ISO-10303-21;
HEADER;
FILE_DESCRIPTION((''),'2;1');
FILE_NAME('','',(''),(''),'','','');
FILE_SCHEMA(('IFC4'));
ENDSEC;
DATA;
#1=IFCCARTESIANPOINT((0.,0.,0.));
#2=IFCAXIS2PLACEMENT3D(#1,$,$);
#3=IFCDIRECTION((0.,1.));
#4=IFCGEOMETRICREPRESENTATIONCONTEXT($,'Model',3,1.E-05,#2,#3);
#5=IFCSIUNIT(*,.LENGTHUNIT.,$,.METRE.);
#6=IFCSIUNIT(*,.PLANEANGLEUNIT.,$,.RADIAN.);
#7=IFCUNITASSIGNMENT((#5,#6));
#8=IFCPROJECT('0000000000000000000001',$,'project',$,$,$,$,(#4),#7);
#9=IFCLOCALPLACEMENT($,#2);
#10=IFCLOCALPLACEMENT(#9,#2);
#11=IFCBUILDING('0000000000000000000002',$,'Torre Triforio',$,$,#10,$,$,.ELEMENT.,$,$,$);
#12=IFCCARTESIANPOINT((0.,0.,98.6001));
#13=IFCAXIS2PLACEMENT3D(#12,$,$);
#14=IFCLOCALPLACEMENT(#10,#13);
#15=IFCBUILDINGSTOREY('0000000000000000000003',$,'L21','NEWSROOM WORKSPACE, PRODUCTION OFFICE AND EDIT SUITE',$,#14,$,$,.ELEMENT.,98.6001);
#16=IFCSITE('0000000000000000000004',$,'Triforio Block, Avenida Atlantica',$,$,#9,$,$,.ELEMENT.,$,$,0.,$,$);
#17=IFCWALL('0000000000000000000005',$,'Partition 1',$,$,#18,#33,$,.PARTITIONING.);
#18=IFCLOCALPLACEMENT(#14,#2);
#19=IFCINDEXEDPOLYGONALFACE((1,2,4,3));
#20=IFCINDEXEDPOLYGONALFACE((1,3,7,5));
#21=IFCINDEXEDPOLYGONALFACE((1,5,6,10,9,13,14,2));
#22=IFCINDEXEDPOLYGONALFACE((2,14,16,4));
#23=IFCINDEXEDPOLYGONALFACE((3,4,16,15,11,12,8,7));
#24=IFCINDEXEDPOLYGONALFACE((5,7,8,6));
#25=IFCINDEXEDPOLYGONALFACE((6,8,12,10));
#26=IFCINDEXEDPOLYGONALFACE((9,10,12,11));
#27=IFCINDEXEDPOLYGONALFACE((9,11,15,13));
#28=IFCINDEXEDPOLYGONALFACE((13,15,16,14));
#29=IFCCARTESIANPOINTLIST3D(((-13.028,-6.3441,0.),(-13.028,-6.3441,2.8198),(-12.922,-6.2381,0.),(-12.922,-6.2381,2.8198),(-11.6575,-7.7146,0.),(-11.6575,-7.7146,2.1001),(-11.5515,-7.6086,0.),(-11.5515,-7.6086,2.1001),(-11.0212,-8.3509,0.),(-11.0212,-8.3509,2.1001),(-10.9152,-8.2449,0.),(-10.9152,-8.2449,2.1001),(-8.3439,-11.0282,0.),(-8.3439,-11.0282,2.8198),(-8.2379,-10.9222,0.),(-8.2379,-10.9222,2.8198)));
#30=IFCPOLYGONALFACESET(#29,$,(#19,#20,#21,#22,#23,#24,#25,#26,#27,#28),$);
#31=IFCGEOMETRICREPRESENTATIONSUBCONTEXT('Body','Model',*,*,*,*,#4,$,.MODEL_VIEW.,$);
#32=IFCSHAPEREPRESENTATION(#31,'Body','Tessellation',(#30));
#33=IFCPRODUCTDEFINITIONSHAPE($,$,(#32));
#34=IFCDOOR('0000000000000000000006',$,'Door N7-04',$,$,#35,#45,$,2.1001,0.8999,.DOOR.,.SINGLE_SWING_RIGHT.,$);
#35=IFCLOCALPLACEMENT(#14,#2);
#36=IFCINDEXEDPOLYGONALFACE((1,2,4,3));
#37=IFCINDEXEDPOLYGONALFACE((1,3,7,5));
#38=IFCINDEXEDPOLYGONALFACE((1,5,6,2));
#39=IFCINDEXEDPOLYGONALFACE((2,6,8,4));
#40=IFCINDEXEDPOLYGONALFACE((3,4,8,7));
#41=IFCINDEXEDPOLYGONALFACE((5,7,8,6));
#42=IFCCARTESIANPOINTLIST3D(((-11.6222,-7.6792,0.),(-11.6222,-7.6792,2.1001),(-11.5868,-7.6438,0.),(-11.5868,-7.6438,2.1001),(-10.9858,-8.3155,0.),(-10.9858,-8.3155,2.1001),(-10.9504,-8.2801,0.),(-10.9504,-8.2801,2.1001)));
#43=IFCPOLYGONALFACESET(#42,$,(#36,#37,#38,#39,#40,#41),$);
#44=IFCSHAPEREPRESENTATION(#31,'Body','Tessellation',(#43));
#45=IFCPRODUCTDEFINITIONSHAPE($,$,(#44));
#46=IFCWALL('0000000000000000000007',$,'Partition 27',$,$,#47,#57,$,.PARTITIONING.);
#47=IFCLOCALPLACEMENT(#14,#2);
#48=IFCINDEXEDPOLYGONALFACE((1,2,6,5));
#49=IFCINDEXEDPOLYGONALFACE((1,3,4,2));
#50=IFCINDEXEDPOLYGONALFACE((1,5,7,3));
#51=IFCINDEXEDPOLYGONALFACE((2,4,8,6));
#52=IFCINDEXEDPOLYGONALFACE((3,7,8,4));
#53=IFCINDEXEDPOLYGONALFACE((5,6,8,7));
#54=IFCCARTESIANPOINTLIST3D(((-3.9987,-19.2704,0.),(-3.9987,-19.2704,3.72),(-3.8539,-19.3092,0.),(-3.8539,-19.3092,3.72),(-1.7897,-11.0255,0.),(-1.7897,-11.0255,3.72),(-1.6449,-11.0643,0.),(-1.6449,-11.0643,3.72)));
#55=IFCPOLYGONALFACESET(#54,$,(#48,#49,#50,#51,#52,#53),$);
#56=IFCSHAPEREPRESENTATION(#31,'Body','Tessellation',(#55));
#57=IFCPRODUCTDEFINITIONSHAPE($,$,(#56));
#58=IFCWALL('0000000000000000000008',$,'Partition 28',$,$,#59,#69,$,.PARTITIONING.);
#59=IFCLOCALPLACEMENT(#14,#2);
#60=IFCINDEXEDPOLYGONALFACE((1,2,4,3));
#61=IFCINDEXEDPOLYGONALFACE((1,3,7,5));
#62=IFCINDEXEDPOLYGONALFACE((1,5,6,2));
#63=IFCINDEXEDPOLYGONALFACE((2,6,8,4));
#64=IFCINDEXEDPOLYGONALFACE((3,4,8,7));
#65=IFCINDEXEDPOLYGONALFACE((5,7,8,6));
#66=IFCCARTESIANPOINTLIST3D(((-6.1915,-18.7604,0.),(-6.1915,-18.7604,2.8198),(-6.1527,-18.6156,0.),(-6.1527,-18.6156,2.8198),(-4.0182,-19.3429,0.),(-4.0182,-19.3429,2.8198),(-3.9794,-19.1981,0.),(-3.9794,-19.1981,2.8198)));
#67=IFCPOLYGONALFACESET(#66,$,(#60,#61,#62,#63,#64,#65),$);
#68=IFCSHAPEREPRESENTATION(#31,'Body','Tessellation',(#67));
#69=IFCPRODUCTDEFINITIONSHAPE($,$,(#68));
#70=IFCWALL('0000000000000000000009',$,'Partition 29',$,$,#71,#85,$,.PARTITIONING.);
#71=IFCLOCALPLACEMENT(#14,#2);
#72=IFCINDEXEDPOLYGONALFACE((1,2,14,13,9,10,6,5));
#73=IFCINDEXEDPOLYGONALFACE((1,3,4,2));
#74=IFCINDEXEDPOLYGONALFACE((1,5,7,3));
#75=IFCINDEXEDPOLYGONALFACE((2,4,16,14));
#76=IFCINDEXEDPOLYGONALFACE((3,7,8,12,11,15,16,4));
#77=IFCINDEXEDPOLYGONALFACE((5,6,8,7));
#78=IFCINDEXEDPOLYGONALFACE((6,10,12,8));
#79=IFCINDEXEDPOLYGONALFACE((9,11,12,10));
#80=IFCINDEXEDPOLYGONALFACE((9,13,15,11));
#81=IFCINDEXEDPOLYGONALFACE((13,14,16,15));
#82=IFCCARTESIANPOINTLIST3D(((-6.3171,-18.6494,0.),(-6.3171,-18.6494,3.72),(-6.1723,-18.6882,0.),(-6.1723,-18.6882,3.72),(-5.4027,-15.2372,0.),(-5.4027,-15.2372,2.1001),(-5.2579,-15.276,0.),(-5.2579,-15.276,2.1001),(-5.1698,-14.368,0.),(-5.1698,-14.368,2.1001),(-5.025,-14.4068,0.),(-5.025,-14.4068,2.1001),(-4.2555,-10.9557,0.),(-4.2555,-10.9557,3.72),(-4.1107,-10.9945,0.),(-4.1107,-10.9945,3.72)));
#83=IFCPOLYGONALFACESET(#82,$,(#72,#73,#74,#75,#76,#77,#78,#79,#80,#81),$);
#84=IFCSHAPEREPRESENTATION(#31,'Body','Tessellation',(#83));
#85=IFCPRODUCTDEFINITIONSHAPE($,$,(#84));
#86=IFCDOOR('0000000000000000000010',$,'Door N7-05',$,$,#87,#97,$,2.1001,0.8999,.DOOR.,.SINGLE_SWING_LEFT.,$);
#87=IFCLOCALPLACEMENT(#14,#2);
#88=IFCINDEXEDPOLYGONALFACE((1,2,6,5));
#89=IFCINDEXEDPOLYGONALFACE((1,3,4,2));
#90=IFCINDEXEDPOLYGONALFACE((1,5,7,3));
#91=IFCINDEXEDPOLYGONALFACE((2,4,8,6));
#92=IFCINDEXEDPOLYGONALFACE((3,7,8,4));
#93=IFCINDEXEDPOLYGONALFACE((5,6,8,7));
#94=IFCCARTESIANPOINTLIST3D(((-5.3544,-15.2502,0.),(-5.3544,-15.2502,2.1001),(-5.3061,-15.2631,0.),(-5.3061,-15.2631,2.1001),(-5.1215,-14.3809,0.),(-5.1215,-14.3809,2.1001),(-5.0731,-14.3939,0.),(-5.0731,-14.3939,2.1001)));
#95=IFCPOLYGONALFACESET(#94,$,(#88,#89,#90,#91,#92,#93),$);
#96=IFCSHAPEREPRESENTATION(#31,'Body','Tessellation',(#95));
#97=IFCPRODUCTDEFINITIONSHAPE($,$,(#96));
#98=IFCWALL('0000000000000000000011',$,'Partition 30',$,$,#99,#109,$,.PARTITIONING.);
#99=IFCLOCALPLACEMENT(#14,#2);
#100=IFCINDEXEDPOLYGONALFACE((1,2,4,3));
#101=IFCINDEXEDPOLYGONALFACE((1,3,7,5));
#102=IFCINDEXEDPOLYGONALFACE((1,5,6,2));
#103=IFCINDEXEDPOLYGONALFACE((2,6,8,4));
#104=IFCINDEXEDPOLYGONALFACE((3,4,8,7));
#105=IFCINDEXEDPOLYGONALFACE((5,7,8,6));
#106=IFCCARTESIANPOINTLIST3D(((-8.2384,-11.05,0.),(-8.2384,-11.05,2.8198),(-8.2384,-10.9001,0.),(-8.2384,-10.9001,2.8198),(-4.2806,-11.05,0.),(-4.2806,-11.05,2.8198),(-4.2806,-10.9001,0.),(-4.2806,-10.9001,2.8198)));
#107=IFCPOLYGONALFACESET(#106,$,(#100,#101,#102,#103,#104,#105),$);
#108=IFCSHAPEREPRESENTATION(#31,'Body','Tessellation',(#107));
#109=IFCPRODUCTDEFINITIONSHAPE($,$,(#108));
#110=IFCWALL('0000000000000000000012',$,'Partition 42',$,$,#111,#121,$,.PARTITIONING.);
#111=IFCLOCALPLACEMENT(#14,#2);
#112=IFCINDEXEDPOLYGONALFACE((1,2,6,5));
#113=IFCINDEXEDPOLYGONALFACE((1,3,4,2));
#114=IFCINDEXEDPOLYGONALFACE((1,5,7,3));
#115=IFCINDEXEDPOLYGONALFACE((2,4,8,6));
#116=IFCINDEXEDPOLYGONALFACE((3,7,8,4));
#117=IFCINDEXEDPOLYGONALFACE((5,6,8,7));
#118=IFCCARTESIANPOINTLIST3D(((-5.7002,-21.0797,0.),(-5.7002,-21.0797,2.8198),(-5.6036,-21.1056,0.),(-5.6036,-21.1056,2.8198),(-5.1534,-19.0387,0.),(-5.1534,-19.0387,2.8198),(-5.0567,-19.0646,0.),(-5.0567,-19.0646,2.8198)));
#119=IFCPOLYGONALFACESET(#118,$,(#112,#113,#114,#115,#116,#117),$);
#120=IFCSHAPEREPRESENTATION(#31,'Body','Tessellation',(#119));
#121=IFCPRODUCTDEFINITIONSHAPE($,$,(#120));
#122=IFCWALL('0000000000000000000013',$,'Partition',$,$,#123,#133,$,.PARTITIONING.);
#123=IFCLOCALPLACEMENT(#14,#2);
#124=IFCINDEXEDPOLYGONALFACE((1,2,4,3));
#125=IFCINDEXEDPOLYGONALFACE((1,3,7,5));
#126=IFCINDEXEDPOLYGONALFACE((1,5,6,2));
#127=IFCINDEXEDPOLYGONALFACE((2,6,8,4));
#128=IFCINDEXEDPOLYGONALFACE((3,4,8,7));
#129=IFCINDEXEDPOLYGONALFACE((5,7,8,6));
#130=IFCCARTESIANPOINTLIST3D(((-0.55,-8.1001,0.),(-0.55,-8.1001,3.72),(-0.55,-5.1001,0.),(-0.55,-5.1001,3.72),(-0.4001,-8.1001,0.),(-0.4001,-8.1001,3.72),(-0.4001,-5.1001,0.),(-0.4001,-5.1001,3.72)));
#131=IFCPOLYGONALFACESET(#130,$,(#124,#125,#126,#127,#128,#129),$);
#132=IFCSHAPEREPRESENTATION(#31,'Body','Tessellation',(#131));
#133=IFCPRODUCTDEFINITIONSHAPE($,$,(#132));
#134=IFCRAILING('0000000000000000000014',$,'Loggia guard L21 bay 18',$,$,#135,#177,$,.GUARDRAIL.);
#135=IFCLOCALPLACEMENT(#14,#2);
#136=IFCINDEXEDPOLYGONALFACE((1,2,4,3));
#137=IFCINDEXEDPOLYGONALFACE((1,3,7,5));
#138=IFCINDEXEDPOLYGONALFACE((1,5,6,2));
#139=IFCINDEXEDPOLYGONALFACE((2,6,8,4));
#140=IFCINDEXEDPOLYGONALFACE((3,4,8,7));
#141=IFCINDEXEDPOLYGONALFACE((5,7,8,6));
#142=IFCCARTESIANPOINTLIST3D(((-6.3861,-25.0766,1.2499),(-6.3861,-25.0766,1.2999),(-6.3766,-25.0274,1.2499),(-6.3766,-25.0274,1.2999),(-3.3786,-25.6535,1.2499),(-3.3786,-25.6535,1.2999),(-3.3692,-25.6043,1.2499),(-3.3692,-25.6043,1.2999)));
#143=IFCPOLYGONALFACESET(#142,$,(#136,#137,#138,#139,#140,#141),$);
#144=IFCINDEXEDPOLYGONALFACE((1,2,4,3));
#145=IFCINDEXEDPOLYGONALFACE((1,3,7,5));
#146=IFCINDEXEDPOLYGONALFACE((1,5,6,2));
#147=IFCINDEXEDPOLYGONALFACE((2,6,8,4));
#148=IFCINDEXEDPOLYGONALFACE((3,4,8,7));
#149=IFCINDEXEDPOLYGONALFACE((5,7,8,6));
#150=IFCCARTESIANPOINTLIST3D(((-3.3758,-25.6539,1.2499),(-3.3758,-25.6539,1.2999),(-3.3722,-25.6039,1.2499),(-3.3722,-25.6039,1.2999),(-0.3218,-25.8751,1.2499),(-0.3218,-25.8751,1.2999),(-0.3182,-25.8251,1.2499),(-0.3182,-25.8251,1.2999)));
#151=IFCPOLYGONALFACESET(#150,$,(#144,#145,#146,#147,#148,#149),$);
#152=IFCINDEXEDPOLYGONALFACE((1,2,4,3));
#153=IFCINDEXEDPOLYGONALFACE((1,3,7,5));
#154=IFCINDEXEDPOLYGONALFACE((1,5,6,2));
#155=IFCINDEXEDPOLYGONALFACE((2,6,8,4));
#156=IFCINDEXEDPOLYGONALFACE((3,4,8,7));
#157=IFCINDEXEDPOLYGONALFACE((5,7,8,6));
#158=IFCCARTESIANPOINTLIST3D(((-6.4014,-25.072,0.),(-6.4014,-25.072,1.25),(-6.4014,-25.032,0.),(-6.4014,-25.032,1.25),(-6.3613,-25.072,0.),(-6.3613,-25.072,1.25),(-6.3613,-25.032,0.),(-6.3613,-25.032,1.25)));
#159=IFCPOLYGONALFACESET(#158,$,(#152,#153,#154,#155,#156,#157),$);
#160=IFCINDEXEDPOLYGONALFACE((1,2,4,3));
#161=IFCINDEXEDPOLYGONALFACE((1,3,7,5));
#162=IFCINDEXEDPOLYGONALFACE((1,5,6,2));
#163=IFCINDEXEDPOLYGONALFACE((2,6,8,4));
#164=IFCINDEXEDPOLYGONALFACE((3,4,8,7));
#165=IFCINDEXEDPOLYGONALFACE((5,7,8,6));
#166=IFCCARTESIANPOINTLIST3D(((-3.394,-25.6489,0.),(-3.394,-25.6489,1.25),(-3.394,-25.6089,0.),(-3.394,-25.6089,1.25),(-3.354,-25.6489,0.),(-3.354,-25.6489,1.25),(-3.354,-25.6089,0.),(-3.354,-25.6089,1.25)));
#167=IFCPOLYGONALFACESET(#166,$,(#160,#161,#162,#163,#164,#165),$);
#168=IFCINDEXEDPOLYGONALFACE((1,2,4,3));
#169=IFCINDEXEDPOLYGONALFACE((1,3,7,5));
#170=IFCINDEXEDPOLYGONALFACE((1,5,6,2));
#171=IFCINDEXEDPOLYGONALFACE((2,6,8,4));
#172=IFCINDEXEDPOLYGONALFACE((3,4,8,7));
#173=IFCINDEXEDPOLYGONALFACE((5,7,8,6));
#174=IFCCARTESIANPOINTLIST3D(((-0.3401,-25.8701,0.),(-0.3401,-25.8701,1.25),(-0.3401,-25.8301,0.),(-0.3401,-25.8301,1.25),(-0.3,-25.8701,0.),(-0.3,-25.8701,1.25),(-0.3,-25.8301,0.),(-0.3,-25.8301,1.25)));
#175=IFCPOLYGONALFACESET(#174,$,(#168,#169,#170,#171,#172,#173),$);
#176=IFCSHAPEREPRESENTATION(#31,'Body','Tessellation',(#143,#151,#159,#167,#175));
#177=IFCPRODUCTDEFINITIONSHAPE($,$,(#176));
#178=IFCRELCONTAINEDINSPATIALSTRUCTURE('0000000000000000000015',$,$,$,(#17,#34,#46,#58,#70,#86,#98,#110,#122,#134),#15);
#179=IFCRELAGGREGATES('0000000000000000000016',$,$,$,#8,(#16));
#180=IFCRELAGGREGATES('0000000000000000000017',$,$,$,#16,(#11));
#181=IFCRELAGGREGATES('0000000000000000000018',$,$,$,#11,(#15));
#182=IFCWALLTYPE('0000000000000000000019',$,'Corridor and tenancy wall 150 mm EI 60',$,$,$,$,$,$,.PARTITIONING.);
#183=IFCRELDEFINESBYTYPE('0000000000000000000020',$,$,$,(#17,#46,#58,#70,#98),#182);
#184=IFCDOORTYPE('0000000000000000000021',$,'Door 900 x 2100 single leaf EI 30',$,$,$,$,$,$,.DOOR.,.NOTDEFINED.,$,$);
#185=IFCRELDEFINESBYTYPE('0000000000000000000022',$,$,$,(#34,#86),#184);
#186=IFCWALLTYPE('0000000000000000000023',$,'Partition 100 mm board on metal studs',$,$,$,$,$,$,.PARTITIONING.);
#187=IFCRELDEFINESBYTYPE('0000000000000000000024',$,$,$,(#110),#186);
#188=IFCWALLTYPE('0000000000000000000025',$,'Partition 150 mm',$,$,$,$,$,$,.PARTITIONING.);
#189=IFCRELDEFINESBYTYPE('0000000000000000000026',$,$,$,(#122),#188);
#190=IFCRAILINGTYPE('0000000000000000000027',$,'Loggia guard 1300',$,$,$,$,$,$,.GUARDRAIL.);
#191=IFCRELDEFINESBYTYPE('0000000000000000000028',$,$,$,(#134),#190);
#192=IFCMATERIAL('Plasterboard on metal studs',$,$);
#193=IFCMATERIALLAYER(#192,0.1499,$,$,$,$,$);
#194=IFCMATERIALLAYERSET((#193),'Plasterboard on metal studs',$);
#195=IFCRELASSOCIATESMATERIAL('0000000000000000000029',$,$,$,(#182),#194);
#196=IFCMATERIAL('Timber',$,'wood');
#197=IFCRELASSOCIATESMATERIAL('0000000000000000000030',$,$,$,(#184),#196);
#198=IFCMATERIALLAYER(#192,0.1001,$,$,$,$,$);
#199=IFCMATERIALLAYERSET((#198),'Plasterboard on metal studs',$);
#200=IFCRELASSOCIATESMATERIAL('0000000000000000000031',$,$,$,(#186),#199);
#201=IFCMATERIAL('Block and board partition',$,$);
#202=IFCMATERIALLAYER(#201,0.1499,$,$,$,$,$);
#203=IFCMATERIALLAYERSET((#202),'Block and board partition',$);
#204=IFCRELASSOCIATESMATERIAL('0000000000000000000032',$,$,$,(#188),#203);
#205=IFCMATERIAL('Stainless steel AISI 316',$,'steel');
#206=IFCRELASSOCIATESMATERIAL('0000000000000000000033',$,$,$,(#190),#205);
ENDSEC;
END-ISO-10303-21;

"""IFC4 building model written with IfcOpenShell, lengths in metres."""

from ifc_helpers import new_model, si_unit, direction, frame, frame_2d, origin, origin_2d, place, context, subcontext, project, spatial, rectangle, extrude, material, layer, layer_set, type_object, element, fill, save


model = new_model("IFC4")

# Units and contexts
model_context = context("Model", 3, precision=1e-05, world=origin(), true_north=direction((0.0, 1.0)))
body_context = subcontext(model_context, "Body", "Model", "MODEL_VIEW")
ifc_project = project(units=[si_unit("LENGTHUNIT", "METRE"), si_unit("PLANEANGLEUNIT", "RADIAN")], contexts=[model_context])

# Site, building, storey
site_placement = place(None, origin())
site = spatial("IfcSite", under=ifc_project, at=site_placement, Name="Triforio Block, Avenida Atlantica", CompositionType="ELEMENT", RefElevation=0.0)
building_placement = place(site_placement, origin())
building = spatial("IfcBuilding", under=site, at=building_placement, Name="Torre Triforio", CompositionType="ELEMENT")
storey_placement = place(building_placement, frame((0.0, 0.0, 98.6001)))
storey = spatial("IfcBuildingStorey", under=building, at=storey_placement, Name="L21", Description="NEWSROOM WORKSPACE, PRODUCTION OFFICE AND EDIT SUITE", CompositionType="ELEMENT", Elevation=98.6001)

# Wall, opening, door
ifc_material_1 = material(Name="Plasterboard on metal studs")
ifc_layer_1 = layer(ifc_material_1, 0.1499)
ifc_layer_set_1 = layer_set([ifc_layer_1], Name="Plasterboard on metal studs")
wall_type_1 = type_object("IfcWallType", Name="Corridor and tenancy wall 150 mm EI 60", PredefinedType="PARTITIONING", material=ifc_layer_set_1)
wall_1_placement = place(storey_placement, frame((-8.291, -10.9751, 0.0), z_axis=(0.0, 0.0, 1.0), x_axis=(-0.707107, 0.707107, 0.0)))
wall_1 = element("IfcWall", 1, at=wall_1_placement, inside=storey, type_object=wall_type_1, Name="Partition 1", PredefinedType="PARTITIONING", context=body_context, shape_type="SweptSolid", body=[
    extrude(rectangle(XDim=6.6243, YDim=0.1499, at=frame_2d((3.312, 0.0))), origin(), (0.0, 0.0, 1.0), 2.8198),
])
opening_1_placement = place(wall_1_placement, frame((3.7861, 0.0, 0.0)))
opening_1 = element("IfcOpeningElement", 2, at=opening_1_placement, cuts=wall_1, PredefinedType="OPENING", context=body_context, shape_type="SweptSolid", body=[
    extrude(rectangle(XDim=0.8999, YDim=2.1001, at=frame_2d((0.45, 1.05))), frame((0.0, 0.085, 0.0), z_axis=(0.0, -1.0, 0.0), x_axis=(1.0, 0.0, 0.0)), (0.0, 0.0, 1.0), 0.1699),
])
ifc_material_2 = material(Name="Timber", Category="wood")
door_type_1 = type_object("IfcDoorType", Name="Door 900 x 2100 single leaf EI 30", OperationType="NOTDEFINED", PredefinedType="DOOR", material=ifc_material_2)
door_1_placement = place(opening_1_placement, origin())
door_1 = element("IfcDoor", 3, at=door_1_placement, inside=storey, type_object=door_type_1, Name="Door N7-04", OperationType="SINGLE_SWING_RIGHT", OverallHeight=2.1001, OverallWidth=0.8999, PredefinedType="DOOR", context=body_context, shape_type="SweptSolid", body=[
    extrude(rectangle(XDim=0.8999, YDim=2.1001, at=frame_2d((0.45, 1.05))), frame((0.0, 0.0249, 0.0), z_axis=(0.0, -1.0, 0.0), x_axis=(1.0, 0.0, 0.0)), (0.0, 0.0, 1.0), 0.05),
])
fill(opening_1, door_1)

# Walls
wall_2_placement = place(storey_placement, frame((-1.7173, -11.0449, 0.0), z_axis=(0.0, 0.0, 1.0), x_axis=(-0.258795, -0.965932, 0.0)))
element("IfcWall", 4, at=wall_2_placement, inside=storey, type_object=wall_type_1, Name="Partition 27", PredefinedType="PARTITIONING", context=body_context, shape_type="SweptSolid", body=[
    extrude(rectangle(XDim=8.5356, YDim=0.1499, at=frame_2d((4.2678, 0.0))), origin(), (0.0, 0.0, 1.0), 3.72),
])
wall_3_placement = place(storey_placement, frame((-3.9988, -19.2705, 0.0), z_axis=(0.0, 0.0, 1.0), x_axis=(-0.965906, 0.258892, 0.0)))
element("IfcWall", 5, at=wall_3_placement, inside=storey, type_object=wall_type_1, Name="Partition 28", PredefinedType="PARTITIONING", context=body_context, shape_type="SweptSolid", body=[
    extrude(rectangle(XDim=2.25, YDim=0.1499, at=frame_2d((1.125, 0.0))), origin(), (0.0, 0.0, 1.0), 2.8198),
])

# Wall, opening, door
wall_4_placement = place(storey_placement, frame((-6.2446, -18.6687, 0.0), z_axis=(0.0, 0.0, 1.0), x_axis=(0.258822, 0.965925, 0.0)))
wall_4 = element("IfcWall", 6, at=wall_4_placement, inside=storey, type_object=wall_type_1, Name="Partition 29", PredefinedType="PARTITIONING", context=body_context, shape_type="SweptSolid", body=[
    extrude(rectangle(XDim=7.9651, YDim=0.1499, at=frame_2d((3.9824, 0.0))), origin(), (0.0, 0.0, 1.0), 3.72),
])
opening_2_placement = place(wall_4_placement, frame((3.5325, 0.0, 0.0)))
opening_2 = element("IfcOpeningElement", 7, at=opening_2_placement, cuts=wall_4, PredefinedType="OPENING", context=body_context, shape_type="SweptSolid", body=[
    extrude(rectangle(XDim=0.8999, YDim=2.1001, at=frame_2d((0.45, 1.05))), frame((0.0, 0.085, 0.0), z_axis=(0.0, -1.0, 0.0), x_axis=(1.0, 0.0, 0.0)), (0.0, 0.0, 1.0), 0.1699),
])
door_2_placement = place(opening_2_placement, origin())
door_2 = element("IfcDoor", 8, at=door_2_placement, inside=storey, type_object=door_type_1, Name="Door N7-05", OperationType="SINGLE_SWING_LEFT", OverallHeight=2.1001, OverallWidth=0.8999, PredefinedType="DOOR", context=body_context, shape_type="SweptSolid", body=[
    extrude(rectangle(XDim=0.8999, YDim=2.1001, at=frame_2d((0.45, 1.05))), frame((0.0, 0.0249, 0.0), z_axis=(0.0, -1.0, 0.0), x_axis=(1.0, 0.0, 0.0)), (0.0, 0.0, 1.0), 0.05),
])
fill(opening_2, door_2)

# Walls
wall_5_placement = place(storey_placement, frame((-4.2805, -10.9751, 0.0), z_axis=(0.0, 0.0, 1.0), x_axis=(-1.0, 0.0, 0.0)))
element("IfcWall", 9, at=wall_5_placement, inside=storey, type_object=wall_type_1, Name="Partition 30", PredefinedType="PARTITIONING", context=body_context, shape_type="SweptSolid", body=[
    extrude(rectangle(XDim=3.9578, YDim=0.1499, at=frame_2d((1.979, 0.0))), origin(), (0.0, 0.0, 1.0), 2.8198),
])
ifc_layer_2 = layer(ifc_material_1, 0.1001)
ifc_layer_set_2 = layer_set([ifc_layer_2], Name="Plasterboard on metal studs")
wall_type_2 = type_object("IfcWallType", Name="Partition 100 mm board on metal studs", PredefinedType="PARTITIONING", material=ifc_layer_set_2)
wall_6_placement = place(storey_placement, frame((-5.105, -19.0515, 0.0), z_axis=(0.0, 0.0, 1.0), x_axis=(-0.258813, -0.965927, 0.0)))
element("IfcWall", 10, at=wall_6_placement, inside=storey, type_object=wall_type_2, Name="Partition 42", PredefinedType="PARTITIONING", context=body_context, shape_type="SweptSolid", body=[
    extrude(rectangle(XDim=2.113, YDim=0.1001, at=frame_2d((1.0566, 0.0))), origin(), (0.0, 0.0, 1.0), 2.8198),
])
ifc_material_3 = material(Name="Block and board partition")
ifc_layer_3 = layer(ifc_material_3, 0.1499)
ifc_layer_set_3 = layer_set([ifc_layer_3], Name="Block and board partition")
wall_type_3 = type_object("IfcWallType", Name="Partition 150 mm", PredefinedType="PARTITIONING", material=ifc_layer_set_3)
wall_7_placement = place(storey_placement, frame((-0.4751, -8.1001, 0.0), z_axis=(0.0, 0.0, 1.0), x_axis=(0.0, 1.0, 0.0)))
element("IfcWall", 11, at=wall_7_placement, inside=storey, type_object=wall_type_3, Name="Partition", PredefinedType="PARTITIONING", context=body_context, shape_type="SweptSolid", body=[
    extrude(rectangle(XDim=3.0, YDim=0.1499, at=frame_2d((1.5, 0.0))), origin(), (0.0, 0.0, 1.0), 3.72),
])

# Railing
ifc_material_4 = material(Name="Stainless steel AISI 316", Category="steel")
railing_type = type_object("IfcRailingType", Name="Loggia guard 1300", PredefinedType="GUARDRAIL", material=ifc_material_4)
railing_placement = place(storey_placement, frame((-6.3813, -25.052, 0.0)))
element("IfcRailing", 12, at=railing_placement, inside=storey, type_object=railing_type, Name="Loggia guard L21 bay 18", PredefinedType="GUARDRAIL", context=body_context, shape_type="SweptSolid", body=[
    extrude(rectangle(XDim=0.05, YDim=0.05, at=origin_2d()), frame((0.0, 0.0, 1.2749), z_axis=(0.982093, -0.188398, 0.0), x_axis=(0.188398, 0.982093, 0.0)), (0.0, 0.0, 1.0), 3.0623),
    extrude(rectangle(XDim=0.05, YDim=0.05, at=origin_2d()), frame((3.0073, -0.5769, 1.2749), z_axis=(0.997387, -0.072239, 0.0), x_axis=(0.072239, 0.997387, 0.0)), (0.0, 0.0, 1.0), 3.062),
    extrude(rectangle(XDim=0.04, YDim=0.04, at=origin_2d()), origin(), (0.0, 0.0, 1.0), 1.25),
    extrude(rectangle(XDim=0.04, YDim=0.04, at=origin_2d()), frame((3.0073, -0.5769, 0.0)), (0.0, 0.0, 1.0), 1.25),
    extrude(rectangle(XDim=0.04, YDim=0.04, at=origin_2d()), frame((6.0613, -0.7981, 0.0)), (0.0, 0.0, 1.0), 1.25),
])

save(model, "model.ifc")
